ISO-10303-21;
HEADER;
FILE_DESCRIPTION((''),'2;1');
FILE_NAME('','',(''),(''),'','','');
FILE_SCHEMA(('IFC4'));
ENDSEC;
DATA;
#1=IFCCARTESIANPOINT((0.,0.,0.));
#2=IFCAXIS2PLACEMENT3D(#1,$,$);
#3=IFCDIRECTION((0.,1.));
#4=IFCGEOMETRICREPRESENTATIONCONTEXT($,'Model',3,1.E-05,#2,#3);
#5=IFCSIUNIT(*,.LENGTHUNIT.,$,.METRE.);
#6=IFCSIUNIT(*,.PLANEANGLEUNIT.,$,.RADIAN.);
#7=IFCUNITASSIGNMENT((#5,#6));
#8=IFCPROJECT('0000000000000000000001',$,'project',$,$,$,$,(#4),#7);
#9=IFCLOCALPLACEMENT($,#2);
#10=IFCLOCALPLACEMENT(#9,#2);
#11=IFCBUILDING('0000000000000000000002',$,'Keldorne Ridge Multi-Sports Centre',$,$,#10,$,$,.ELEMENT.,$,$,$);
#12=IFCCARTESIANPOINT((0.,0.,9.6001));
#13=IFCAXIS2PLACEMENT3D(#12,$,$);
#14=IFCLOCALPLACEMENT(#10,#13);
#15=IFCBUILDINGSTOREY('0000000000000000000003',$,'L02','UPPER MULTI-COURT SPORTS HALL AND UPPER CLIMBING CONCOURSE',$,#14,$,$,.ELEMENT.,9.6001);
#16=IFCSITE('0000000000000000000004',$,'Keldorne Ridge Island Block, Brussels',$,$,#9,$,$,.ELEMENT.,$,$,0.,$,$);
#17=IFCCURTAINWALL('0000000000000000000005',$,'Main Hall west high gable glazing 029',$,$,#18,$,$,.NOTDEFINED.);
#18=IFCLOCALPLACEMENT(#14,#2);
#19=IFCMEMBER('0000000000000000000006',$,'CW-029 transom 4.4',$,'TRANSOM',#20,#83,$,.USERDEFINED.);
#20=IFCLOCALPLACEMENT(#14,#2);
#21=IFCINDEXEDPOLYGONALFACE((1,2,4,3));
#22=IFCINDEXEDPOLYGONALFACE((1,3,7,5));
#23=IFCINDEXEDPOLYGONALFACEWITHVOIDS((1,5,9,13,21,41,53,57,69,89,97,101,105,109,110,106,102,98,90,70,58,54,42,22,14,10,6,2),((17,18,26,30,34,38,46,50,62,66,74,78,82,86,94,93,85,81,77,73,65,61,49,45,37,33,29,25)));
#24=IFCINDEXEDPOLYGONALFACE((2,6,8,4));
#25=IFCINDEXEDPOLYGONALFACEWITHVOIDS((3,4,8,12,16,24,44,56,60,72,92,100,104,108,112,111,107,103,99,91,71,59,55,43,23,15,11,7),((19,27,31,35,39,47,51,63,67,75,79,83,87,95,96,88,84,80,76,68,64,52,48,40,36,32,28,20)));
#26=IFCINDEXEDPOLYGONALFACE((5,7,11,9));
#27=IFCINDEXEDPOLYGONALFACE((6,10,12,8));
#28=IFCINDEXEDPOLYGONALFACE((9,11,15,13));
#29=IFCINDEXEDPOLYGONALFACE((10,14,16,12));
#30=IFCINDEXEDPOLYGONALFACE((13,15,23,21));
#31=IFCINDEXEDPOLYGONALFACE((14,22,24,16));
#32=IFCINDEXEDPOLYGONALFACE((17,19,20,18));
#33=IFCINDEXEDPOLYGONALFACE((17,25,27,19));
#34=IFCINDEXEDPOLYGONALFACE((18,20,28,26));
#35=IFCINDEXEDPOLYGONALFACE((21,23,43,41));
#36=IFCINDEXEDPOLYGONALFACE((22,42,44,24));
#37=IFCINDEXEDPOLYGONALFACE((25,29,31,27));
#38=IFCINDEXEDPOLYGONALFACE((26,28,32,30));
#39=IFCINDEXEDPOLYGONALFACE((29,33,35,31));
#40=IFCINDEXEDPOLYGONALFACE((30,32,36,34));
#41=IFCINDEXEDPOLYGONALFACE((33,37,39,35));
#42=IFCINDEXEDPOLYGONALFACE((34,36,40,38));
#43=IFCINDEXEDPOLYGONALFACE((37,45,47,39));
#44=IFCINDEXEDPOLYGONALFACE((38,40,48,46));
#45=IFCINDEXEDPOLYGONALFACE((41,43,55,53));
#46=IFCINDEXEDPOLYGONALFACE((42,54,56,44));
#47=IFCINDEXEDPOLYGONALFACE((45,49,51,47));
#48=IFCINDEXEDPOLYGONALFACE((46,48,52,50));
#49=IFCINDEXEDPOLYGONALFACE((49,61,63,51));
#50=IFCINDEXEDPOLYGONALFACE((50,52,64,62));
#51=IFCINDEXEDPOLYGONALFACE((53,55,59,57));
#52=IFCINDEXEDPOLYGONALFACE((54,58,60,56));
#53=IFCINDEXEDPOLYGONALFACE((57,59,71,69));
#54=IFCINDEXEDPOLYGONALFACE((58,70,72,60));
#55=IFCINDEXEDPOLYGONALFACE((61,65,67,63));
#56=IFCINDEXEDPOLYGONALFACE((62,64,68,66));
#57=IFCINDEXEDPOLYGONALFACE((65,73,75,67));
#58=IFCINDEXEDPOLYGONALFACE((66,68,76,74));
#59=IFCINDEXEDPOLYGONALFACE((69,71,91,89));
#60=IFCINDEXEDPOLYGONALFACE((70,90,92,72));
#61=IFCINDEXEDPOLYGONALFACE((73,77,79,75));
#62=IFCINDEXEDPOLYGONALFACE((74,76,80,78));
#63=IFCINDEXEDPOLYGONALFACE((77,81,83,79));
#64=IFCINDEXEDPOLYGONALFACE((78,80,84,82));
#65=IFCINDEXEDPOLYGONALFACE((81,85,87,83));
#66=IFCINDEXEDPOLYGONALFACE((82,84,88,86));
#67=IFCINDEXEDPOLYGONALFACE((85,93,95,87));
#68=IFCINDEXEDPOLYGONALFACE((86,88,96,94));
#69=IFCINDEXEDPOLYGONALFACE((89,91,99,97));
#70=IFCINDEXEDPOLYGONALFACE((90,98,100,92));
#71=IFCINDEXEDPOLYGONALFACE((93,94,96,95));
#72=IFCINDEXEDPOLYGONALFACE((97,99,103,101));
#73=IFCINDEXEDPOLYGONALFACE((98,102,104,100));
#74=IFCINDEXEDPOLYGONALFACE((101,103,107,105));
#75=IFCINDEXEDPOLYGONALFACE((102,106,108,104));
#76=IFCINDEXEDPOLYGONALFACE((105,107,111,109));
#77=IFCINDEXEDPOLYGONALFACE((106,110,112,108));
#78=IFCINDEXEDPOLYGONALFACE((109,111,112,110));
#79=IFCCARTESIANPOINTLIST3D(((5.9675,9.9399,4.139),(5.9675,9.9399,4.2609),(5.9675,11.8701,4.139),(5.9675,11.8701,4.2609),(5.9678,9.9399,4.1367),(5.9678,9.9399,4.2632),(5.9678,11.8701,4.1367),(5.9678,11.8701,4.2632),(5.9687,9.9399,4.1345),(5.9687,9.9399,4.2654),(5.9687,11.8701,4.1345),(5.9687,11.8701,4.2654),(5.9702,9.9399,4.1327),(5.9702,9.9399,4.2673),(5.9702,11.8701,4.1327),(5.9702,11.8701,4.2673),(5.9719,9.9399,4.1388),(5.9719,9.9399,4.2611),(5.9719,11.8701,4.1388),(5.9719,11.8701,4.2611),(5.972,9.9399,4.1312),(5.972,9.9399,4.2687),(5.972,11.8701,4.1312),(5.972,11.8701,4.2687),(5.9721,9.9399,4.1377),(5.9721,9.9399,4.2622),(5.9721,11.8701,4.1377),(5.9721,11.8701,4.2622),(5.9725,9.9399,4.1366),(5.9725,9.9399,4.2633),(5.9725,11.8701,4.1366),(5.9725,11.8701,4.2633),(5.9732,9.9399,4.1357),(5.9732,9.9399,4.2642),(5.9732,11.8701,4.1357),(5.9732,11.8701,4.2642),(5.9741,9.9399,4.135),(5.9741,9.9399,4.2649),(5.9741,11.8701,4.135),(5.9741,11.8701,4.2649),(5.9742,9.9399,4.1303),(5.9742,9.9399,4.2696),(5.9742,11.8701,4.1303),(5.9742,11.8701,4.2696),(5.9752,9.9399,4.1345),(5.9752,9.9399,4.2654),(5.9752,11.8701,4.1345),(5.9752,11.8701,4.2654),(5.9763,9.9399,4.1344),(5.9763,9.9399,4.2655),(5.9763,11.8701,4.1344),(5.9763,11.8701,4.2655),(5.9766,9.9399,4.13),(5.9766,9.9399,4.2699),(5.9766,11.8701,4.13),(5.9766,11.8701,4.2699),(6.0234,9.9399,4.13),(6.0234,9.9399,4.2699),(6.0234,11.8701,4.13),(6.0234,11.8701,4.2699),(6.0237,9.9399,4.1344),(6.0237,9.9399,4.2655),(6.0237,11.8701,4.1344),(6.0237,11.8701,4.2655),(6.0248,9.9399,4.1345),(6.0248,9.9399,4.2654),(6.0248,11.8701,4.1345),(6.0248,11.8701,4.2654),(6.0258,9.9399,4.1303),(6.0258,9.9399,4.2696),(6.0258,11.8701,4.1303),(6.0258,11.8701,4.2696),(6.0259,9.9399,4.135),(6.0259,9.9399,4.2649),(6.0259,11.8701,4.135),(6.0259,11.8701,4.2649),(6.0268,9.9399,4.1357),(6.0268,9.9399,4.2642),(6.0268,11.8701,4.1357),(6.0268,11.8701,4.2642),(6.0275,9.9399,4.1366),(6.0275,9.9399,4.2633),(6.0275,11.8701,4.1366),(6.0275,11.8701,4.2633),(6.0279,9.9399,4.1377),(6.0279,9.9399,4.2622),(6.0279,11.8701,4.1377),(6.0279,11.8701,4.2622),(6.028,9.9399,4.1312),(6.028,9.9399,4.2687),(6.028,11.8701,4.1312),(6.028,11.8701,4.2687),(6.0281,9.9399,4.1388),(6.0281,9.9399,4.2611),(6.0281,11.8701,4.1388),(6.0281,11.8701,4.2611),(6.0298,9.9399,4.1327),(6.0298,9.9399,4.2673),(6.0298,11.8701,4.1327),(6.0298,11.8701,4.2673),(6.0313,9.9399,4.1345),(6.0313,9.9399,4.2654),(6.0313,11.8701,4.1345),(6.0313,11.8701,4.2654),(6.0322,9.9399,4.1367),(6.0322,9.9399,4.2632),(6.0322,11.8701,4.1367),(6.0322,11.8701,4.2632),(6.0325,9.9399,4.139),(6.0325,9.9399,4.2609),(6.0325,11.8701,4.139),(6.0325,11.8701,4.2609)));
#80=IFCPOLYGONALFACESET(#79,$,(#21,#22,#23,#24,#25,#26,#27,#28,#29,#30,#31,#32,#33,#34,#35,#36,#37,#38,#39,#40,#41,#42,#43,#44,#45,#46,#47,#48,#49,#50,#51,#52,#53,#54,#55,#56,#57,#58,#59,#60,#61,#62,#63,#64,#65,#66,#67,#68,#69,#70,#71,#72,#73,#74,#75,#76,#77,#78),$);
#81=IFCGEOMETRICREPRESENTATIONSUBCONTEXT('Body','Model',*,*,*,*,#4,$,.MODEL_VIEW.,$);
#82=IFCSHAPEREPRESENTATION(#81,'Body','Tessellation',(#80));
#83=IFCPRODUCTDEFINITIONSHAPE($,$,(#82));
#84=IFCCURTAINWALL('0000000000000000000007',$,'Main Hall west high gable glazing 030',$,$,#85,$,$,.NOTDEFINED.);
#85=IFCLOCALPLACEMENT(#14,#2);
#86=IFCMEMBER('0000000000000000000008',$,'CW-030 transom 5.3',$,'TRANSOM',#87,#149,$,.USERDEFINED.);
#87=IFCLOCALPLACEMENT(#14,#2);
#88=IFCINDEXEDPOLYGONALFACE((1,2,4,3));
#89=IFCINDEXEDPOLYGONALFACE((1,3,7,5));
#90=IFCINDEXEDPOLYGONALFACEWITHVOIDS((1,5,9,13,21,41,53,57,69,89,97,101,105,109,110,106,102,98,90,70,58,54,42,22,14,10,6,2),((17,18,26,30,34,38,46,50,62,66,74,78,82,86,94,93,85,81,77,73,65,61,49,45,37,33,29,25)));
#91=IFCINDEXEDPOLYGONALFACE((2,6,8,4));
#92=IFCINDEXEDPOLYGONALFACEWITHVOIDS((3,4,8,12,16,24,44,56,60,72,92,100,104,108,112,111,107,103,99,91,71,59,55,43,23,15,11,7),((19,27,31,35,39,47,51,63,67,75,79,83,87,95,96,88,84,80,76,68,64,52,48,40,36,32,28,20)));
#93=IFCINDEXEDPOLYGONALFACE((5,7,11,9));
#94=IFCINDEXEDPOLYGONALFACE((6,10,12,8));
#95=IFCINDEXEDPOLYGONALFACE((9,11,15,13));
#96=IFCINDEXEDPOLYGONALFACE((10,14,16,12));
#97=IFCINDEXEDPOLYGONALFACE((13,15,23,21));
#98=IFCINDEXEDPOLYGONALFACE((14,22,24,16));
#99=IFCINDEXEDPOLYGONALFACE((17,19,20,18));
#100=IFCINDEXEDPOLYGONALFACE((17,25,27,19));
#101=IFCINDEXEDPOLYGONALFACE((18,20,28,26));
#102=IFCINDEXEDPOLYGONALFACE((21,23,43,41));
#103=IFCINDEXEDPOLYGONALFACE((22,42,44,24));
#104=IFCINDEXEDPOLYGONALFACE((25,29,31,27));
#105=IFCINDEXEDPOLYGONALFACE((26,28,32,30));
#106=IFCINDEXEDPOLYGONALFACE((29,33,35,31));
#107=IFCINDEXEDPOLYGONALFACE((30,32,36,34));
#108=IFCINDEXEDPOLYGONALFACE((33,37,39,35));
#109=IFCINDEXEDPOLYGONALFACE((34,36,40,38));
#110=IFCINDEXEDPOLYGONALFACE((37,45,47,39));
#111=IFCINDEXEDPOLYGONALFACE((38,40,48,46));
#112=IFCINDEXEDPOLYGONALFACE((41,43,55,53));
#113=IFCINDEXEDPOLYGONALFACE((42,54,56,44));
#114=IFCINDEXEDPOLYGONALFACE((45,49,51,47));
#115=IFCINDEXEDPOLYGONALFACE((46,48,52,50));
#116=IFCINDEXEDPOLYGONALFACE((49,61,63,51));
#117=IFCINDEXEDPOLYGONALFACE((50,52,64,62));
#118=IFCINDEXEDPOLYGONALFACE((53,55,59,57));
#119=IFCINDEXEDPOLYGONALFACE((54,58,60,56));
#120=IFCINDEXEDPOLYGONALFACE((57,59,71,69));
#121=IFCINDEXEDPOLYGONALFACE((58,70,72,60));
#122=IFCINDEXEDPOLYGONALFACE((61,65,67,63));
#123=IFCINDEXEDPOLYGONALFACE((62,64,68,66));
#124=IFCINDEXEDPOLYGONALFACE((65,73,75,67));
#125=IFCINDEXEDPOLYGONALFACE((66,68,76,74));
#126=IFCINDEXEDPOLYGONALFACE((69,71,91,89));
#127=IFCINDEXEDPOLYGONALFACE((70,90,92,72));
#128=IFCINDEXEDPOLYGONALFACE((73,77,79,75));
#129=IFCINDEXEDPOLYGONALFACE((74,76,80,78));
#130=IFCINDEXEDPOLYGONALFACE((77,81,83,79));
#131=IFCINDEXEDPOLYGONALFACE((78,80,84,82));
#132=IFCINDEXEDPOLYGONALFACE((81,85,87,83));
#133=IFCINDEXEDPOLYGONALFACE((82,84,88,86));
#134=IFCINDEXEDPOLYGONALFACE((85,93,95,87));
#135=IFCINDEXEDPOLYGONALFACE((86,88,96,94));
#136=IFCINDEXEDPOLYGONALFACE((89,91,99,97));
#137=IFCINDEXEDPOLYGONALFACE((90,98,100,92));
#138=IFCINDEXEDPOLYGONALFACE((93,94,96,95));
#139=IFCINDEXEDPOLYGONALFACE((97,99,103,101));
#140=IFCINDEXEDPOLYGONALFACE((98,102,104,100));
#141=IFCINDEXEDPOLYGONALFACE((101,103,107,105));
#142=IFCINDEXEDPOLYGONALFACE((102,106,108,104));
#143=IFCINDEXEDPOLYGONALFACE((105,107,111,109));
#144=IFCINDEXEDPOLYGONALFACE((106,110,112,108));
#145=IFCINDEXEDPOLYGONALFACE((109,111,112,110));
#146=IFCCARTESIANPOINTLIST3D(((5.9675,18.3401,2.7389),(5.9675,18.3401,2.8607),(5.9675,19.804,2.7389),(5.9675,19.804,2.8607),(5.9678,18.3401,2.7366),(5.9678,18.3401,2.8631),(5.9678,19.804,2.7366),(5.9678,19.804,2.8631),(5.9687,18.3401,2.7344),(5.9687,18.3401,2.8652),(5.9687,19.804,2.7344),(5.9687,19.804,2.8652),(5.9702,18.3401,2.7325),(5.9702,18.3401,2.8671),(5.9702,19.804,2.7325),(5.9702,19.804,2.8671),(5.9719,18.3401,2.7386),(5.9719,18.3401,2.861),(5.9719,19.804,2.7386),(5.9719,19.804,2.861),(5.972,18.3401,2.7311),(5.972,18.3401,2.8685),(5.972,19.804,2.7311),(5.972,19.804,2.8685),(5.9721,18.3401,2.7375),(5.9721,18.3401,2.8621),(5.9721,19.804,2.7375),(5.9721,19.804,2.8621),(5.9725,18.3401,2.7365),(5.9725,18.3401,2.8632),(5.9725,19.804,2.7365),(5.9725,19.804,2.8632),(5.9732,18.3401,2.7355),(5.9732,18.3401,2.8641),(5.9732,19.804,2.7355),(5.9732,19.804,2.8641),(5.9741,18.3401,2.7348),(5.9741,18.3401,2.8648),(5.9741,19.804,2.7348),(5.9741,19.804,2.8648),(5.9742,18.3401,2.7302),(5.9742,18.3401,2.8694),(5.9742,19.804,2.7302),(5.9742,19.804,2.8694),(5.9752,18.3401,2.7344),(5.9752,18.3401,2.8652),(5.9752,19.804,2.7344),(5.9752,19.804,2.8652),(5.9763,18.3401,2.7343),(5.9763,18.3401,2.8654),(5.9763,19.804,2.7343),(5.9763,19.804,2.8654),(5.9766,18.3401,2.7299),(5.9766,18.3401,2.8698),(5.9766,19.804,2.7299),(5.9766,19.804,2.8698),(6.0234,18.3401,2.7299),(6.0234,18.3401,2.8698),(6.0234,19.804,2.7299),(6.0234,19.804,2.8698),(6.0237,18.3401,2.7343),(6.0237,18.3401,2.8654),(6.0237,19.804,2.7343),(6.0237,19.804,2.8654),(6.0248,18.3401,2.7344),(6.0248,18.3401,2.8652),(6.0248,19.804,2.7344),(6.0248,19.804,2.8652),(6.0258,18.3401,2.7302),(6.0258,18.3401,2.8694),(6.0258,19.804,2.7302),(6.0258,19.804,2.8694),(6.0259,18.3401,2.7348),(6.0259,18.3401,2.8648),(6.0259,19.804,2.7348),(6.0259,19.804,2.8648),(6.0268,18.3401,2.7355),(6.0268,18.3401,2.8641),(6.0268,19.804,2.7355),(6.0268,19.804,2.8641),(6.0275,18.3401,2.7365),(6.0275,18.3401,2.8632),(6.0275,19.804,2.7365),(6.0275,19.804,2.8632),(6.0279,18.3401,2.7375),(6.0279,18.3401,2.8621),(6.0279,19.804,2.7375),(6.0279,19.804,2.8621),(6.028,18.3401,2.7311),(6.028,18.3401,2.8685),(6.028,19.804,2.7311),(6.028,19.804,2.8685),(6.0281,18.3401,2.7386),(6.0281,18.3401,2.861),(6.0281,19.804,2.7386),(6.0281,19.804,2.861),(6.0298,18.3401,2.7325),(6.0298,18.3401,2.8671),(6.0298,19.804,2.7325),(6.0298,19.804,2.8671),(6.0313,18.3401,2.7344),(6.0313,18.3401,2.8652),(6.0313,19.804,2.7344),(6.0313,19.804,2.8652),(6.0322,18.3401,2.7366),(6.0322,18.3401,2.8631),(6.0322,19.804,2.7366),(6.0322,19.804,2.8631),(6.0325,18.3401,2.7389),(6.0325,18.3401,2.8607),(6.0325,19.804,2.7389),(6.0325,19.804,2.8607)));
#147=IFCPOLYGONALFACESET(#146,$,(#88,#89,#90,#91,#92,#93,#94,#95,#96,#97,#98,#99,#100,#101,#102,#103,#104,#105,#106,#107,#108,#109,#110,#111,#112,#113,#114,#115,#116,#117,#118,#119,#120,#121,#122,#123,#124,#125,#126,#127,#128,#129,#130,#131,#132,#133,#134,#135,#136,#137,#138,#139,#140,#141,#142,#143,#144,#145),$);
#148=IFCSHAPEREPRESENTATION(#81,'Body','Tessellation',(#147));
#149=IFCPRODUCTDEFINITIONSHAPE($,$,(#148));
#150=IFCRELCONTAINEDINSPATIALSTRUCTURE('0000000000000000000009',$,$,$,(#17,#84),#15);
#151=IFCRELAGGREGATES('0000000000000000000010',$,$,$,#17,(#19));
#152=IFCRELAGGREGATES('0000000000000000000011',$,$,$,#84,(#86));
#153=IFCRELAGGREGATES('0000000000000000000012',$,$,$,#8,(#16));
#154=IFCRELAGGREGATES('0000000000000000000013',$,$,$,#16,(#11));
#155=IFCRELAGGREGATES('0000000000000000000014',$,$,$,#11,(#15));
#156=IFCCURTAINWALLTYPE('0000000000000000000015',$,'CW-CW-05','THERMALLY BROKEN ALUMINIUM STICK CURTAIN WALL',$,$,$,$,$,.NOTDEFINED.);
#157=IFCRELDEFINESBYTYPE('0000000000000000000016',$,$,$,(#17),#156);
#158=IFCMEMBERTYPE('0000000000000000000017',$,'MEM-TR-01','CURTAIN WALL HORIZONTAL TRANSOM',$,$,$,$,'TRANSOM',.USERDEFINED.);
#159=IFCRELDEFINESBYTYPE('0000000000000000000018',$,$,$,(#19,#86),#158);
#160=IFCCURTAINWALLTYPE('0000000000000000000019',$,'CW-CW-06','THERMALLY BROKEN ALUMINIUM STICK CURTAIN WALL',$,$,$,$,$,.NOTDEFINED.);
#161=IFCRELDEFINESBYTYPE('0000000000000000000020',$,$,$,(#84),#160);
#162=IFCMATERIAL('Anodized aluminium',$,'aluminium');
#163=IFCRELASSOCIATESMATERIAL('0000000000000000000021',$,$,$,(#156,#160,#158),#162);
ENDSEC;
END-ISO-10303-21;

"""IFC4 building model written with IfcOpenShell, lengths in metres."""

from ifc_helpers import new_model, si_unit, direction, frame, origin, origin_2d, place, context, subcontext, project, spatial, hollow_rectangle, extrude, material, material_profile, profile_set, type_object, element, aggregate, save


model = new_model("IFC4")

# Units and contexts
model_context = context("Model", 3, precision=1e-05, world=origin(), true_north=direction((0.0, 1.0)))
body_context = subcontext(model_context, "Body", "Model", "MODEL_VIEW")
ifc_project = project(units=[si_unit("LENGTHUNIT", "METRE"), si_unit("PLANEANGLEUNIT", "RADIAN")], contexts=[model_context])

# Site, building, storey
site_placement = place(None, origin())
site = spatial("IfcSite", under=ifc_project, at=site_placement, Name="Keldorne Ridge Island Block, Brussels", CompositionType="ELEMENT", RefElevation=0.0)
building_placement = place(site_placement, origin())
building = spatial("IfcBuilding", under=site, at=building_placement, Name="Keldorne Ridge Multi-Sports Centre", CompositionType="ELEMENT")
storey_placement = place(building_placement, frame((0.0, 0.0, 9.6001)))
storey = spatial("IfcBuildingStorey", under=building, at=storey_placement, Name="L02", Description="UPPER MULTI-COURT SPORTS HALL AND UPPER CLIMBING CONCOURSE", CompositionType="ELEMENT", Elevation=9.6001)

# Curtain walls, members
ifc_material_1 = material(Name="Anodized aluminium", Category="aluminium")
curtain_wall_type_1 = type_object("IfcCurtainWallType", Name="CW-CW-05", Description="THERMALLY BROKEN ALUMINIUM STICK CURTAIN WALL", PredefinedType="NOTDEFINED", material=ifc_material_1)
curtain_wall_1_placement = place(storey_placement, origin())
curtain_wall_1 = element("IfcCurtainWall", 1, at=curtain_wall_1_placement, inside=storey, type_object=curtain_wall_type_1, Name="Main Hall west high gable glazing 029", PredefinedType="NOTDEFINED")
ifc_material_profile_1 = material_profile(ifc_material_1, hollow_rectangle(XDim=0.0649, YDim=0.1399, WallThickness=0.0044, InnerFilletRadius=0.0044, OuterFilletRadius=0.009, at=origin_2d()), Name="ALU TRANSOM 140x65x4.5")
ifc_profile_set_1 = profile_set([ifc_material_profile_1], Name="Anodized aluminium")
member_type_1 = type_object("IfcMemberType", Name="MEM-TR-01", Description="CURTAIN WALL HORIZONTAL TRANSOM", ElementType="TRANSOM", PredefinedType="USERDEFINED", material=ifc_profile_set_1)
member_1_placement = place(storey_placement, frame((6.0, 11.8701, 4.2), z_axis=(0.0, -1.0, 0.0), x_axis=(1.0, 0.0, 0.0)))
member_1 = element("IfcMember", 2, at=member_1_placement, type_object=member_type_1, Name="CW-029 transom 4.4", ObjectType="TRANSOM", PredefinedType="USERDEFINED", context=body_context, shape_type="SweptSolid", body=[
    extrude(hollow_rectangle(XDim=0.0649, YDim=0.1399, WallThickness=0.0044, InnerFilletRadius=0.0044, OuterFilletRadius=0.009, at=origin_2d()), origin(), (0.0, 0.0, 1.0), 1.9302),
])
curtain_wall_type_2 = type_object("IfcCurtainWallType", Name="CW-CW-06", Description="THERMALLY BROKEN ALUMINIUM STICK CURTAIN WALL", PredefinedType="NOTDEFINED", material=ifc_material_1)
curtain_wall_2_placement = place(storey_placement, origin())
curtain_wall_2 = element("IfcCurtainWall", 3, at=curtain_wall_2_placement, inside=storey, type_object=curtain_wall_type_2, Name="Main Hall west high gable glazing 030", PredefinedType="NOTDEFINED")
member_2_placement = place(storey_placement, frame((6.0, 19.804, 2.7998), z_axis=(0.0, -1.0, 0.0), x_axis=(1.0, 0.0, 0.0)))
member_2 = element("IfcMember", 4, at=member_2_placement, type_object=member_type_1, Name="CW-030 transom 5.3", ObjectType="TRANSOM", PredefinedType="USERDEFINED", context=body_context, shape_type="SweptSolid", body=[
    extrude(hollow_rectangle(XDim=0.0649, YDim=0.1399, WallThickness=0.0044, InnerFilletRadius=0.0044, OuterFilletRadius=0.009, at=origin_2d()), origin(), (0.0, 0.0, 1.0), 1.4639),
])

aggregate(curtain_wall_1, [member_1])
aggregate(curtain_wall_2, [member_2])

save(model, "model.ifc")
